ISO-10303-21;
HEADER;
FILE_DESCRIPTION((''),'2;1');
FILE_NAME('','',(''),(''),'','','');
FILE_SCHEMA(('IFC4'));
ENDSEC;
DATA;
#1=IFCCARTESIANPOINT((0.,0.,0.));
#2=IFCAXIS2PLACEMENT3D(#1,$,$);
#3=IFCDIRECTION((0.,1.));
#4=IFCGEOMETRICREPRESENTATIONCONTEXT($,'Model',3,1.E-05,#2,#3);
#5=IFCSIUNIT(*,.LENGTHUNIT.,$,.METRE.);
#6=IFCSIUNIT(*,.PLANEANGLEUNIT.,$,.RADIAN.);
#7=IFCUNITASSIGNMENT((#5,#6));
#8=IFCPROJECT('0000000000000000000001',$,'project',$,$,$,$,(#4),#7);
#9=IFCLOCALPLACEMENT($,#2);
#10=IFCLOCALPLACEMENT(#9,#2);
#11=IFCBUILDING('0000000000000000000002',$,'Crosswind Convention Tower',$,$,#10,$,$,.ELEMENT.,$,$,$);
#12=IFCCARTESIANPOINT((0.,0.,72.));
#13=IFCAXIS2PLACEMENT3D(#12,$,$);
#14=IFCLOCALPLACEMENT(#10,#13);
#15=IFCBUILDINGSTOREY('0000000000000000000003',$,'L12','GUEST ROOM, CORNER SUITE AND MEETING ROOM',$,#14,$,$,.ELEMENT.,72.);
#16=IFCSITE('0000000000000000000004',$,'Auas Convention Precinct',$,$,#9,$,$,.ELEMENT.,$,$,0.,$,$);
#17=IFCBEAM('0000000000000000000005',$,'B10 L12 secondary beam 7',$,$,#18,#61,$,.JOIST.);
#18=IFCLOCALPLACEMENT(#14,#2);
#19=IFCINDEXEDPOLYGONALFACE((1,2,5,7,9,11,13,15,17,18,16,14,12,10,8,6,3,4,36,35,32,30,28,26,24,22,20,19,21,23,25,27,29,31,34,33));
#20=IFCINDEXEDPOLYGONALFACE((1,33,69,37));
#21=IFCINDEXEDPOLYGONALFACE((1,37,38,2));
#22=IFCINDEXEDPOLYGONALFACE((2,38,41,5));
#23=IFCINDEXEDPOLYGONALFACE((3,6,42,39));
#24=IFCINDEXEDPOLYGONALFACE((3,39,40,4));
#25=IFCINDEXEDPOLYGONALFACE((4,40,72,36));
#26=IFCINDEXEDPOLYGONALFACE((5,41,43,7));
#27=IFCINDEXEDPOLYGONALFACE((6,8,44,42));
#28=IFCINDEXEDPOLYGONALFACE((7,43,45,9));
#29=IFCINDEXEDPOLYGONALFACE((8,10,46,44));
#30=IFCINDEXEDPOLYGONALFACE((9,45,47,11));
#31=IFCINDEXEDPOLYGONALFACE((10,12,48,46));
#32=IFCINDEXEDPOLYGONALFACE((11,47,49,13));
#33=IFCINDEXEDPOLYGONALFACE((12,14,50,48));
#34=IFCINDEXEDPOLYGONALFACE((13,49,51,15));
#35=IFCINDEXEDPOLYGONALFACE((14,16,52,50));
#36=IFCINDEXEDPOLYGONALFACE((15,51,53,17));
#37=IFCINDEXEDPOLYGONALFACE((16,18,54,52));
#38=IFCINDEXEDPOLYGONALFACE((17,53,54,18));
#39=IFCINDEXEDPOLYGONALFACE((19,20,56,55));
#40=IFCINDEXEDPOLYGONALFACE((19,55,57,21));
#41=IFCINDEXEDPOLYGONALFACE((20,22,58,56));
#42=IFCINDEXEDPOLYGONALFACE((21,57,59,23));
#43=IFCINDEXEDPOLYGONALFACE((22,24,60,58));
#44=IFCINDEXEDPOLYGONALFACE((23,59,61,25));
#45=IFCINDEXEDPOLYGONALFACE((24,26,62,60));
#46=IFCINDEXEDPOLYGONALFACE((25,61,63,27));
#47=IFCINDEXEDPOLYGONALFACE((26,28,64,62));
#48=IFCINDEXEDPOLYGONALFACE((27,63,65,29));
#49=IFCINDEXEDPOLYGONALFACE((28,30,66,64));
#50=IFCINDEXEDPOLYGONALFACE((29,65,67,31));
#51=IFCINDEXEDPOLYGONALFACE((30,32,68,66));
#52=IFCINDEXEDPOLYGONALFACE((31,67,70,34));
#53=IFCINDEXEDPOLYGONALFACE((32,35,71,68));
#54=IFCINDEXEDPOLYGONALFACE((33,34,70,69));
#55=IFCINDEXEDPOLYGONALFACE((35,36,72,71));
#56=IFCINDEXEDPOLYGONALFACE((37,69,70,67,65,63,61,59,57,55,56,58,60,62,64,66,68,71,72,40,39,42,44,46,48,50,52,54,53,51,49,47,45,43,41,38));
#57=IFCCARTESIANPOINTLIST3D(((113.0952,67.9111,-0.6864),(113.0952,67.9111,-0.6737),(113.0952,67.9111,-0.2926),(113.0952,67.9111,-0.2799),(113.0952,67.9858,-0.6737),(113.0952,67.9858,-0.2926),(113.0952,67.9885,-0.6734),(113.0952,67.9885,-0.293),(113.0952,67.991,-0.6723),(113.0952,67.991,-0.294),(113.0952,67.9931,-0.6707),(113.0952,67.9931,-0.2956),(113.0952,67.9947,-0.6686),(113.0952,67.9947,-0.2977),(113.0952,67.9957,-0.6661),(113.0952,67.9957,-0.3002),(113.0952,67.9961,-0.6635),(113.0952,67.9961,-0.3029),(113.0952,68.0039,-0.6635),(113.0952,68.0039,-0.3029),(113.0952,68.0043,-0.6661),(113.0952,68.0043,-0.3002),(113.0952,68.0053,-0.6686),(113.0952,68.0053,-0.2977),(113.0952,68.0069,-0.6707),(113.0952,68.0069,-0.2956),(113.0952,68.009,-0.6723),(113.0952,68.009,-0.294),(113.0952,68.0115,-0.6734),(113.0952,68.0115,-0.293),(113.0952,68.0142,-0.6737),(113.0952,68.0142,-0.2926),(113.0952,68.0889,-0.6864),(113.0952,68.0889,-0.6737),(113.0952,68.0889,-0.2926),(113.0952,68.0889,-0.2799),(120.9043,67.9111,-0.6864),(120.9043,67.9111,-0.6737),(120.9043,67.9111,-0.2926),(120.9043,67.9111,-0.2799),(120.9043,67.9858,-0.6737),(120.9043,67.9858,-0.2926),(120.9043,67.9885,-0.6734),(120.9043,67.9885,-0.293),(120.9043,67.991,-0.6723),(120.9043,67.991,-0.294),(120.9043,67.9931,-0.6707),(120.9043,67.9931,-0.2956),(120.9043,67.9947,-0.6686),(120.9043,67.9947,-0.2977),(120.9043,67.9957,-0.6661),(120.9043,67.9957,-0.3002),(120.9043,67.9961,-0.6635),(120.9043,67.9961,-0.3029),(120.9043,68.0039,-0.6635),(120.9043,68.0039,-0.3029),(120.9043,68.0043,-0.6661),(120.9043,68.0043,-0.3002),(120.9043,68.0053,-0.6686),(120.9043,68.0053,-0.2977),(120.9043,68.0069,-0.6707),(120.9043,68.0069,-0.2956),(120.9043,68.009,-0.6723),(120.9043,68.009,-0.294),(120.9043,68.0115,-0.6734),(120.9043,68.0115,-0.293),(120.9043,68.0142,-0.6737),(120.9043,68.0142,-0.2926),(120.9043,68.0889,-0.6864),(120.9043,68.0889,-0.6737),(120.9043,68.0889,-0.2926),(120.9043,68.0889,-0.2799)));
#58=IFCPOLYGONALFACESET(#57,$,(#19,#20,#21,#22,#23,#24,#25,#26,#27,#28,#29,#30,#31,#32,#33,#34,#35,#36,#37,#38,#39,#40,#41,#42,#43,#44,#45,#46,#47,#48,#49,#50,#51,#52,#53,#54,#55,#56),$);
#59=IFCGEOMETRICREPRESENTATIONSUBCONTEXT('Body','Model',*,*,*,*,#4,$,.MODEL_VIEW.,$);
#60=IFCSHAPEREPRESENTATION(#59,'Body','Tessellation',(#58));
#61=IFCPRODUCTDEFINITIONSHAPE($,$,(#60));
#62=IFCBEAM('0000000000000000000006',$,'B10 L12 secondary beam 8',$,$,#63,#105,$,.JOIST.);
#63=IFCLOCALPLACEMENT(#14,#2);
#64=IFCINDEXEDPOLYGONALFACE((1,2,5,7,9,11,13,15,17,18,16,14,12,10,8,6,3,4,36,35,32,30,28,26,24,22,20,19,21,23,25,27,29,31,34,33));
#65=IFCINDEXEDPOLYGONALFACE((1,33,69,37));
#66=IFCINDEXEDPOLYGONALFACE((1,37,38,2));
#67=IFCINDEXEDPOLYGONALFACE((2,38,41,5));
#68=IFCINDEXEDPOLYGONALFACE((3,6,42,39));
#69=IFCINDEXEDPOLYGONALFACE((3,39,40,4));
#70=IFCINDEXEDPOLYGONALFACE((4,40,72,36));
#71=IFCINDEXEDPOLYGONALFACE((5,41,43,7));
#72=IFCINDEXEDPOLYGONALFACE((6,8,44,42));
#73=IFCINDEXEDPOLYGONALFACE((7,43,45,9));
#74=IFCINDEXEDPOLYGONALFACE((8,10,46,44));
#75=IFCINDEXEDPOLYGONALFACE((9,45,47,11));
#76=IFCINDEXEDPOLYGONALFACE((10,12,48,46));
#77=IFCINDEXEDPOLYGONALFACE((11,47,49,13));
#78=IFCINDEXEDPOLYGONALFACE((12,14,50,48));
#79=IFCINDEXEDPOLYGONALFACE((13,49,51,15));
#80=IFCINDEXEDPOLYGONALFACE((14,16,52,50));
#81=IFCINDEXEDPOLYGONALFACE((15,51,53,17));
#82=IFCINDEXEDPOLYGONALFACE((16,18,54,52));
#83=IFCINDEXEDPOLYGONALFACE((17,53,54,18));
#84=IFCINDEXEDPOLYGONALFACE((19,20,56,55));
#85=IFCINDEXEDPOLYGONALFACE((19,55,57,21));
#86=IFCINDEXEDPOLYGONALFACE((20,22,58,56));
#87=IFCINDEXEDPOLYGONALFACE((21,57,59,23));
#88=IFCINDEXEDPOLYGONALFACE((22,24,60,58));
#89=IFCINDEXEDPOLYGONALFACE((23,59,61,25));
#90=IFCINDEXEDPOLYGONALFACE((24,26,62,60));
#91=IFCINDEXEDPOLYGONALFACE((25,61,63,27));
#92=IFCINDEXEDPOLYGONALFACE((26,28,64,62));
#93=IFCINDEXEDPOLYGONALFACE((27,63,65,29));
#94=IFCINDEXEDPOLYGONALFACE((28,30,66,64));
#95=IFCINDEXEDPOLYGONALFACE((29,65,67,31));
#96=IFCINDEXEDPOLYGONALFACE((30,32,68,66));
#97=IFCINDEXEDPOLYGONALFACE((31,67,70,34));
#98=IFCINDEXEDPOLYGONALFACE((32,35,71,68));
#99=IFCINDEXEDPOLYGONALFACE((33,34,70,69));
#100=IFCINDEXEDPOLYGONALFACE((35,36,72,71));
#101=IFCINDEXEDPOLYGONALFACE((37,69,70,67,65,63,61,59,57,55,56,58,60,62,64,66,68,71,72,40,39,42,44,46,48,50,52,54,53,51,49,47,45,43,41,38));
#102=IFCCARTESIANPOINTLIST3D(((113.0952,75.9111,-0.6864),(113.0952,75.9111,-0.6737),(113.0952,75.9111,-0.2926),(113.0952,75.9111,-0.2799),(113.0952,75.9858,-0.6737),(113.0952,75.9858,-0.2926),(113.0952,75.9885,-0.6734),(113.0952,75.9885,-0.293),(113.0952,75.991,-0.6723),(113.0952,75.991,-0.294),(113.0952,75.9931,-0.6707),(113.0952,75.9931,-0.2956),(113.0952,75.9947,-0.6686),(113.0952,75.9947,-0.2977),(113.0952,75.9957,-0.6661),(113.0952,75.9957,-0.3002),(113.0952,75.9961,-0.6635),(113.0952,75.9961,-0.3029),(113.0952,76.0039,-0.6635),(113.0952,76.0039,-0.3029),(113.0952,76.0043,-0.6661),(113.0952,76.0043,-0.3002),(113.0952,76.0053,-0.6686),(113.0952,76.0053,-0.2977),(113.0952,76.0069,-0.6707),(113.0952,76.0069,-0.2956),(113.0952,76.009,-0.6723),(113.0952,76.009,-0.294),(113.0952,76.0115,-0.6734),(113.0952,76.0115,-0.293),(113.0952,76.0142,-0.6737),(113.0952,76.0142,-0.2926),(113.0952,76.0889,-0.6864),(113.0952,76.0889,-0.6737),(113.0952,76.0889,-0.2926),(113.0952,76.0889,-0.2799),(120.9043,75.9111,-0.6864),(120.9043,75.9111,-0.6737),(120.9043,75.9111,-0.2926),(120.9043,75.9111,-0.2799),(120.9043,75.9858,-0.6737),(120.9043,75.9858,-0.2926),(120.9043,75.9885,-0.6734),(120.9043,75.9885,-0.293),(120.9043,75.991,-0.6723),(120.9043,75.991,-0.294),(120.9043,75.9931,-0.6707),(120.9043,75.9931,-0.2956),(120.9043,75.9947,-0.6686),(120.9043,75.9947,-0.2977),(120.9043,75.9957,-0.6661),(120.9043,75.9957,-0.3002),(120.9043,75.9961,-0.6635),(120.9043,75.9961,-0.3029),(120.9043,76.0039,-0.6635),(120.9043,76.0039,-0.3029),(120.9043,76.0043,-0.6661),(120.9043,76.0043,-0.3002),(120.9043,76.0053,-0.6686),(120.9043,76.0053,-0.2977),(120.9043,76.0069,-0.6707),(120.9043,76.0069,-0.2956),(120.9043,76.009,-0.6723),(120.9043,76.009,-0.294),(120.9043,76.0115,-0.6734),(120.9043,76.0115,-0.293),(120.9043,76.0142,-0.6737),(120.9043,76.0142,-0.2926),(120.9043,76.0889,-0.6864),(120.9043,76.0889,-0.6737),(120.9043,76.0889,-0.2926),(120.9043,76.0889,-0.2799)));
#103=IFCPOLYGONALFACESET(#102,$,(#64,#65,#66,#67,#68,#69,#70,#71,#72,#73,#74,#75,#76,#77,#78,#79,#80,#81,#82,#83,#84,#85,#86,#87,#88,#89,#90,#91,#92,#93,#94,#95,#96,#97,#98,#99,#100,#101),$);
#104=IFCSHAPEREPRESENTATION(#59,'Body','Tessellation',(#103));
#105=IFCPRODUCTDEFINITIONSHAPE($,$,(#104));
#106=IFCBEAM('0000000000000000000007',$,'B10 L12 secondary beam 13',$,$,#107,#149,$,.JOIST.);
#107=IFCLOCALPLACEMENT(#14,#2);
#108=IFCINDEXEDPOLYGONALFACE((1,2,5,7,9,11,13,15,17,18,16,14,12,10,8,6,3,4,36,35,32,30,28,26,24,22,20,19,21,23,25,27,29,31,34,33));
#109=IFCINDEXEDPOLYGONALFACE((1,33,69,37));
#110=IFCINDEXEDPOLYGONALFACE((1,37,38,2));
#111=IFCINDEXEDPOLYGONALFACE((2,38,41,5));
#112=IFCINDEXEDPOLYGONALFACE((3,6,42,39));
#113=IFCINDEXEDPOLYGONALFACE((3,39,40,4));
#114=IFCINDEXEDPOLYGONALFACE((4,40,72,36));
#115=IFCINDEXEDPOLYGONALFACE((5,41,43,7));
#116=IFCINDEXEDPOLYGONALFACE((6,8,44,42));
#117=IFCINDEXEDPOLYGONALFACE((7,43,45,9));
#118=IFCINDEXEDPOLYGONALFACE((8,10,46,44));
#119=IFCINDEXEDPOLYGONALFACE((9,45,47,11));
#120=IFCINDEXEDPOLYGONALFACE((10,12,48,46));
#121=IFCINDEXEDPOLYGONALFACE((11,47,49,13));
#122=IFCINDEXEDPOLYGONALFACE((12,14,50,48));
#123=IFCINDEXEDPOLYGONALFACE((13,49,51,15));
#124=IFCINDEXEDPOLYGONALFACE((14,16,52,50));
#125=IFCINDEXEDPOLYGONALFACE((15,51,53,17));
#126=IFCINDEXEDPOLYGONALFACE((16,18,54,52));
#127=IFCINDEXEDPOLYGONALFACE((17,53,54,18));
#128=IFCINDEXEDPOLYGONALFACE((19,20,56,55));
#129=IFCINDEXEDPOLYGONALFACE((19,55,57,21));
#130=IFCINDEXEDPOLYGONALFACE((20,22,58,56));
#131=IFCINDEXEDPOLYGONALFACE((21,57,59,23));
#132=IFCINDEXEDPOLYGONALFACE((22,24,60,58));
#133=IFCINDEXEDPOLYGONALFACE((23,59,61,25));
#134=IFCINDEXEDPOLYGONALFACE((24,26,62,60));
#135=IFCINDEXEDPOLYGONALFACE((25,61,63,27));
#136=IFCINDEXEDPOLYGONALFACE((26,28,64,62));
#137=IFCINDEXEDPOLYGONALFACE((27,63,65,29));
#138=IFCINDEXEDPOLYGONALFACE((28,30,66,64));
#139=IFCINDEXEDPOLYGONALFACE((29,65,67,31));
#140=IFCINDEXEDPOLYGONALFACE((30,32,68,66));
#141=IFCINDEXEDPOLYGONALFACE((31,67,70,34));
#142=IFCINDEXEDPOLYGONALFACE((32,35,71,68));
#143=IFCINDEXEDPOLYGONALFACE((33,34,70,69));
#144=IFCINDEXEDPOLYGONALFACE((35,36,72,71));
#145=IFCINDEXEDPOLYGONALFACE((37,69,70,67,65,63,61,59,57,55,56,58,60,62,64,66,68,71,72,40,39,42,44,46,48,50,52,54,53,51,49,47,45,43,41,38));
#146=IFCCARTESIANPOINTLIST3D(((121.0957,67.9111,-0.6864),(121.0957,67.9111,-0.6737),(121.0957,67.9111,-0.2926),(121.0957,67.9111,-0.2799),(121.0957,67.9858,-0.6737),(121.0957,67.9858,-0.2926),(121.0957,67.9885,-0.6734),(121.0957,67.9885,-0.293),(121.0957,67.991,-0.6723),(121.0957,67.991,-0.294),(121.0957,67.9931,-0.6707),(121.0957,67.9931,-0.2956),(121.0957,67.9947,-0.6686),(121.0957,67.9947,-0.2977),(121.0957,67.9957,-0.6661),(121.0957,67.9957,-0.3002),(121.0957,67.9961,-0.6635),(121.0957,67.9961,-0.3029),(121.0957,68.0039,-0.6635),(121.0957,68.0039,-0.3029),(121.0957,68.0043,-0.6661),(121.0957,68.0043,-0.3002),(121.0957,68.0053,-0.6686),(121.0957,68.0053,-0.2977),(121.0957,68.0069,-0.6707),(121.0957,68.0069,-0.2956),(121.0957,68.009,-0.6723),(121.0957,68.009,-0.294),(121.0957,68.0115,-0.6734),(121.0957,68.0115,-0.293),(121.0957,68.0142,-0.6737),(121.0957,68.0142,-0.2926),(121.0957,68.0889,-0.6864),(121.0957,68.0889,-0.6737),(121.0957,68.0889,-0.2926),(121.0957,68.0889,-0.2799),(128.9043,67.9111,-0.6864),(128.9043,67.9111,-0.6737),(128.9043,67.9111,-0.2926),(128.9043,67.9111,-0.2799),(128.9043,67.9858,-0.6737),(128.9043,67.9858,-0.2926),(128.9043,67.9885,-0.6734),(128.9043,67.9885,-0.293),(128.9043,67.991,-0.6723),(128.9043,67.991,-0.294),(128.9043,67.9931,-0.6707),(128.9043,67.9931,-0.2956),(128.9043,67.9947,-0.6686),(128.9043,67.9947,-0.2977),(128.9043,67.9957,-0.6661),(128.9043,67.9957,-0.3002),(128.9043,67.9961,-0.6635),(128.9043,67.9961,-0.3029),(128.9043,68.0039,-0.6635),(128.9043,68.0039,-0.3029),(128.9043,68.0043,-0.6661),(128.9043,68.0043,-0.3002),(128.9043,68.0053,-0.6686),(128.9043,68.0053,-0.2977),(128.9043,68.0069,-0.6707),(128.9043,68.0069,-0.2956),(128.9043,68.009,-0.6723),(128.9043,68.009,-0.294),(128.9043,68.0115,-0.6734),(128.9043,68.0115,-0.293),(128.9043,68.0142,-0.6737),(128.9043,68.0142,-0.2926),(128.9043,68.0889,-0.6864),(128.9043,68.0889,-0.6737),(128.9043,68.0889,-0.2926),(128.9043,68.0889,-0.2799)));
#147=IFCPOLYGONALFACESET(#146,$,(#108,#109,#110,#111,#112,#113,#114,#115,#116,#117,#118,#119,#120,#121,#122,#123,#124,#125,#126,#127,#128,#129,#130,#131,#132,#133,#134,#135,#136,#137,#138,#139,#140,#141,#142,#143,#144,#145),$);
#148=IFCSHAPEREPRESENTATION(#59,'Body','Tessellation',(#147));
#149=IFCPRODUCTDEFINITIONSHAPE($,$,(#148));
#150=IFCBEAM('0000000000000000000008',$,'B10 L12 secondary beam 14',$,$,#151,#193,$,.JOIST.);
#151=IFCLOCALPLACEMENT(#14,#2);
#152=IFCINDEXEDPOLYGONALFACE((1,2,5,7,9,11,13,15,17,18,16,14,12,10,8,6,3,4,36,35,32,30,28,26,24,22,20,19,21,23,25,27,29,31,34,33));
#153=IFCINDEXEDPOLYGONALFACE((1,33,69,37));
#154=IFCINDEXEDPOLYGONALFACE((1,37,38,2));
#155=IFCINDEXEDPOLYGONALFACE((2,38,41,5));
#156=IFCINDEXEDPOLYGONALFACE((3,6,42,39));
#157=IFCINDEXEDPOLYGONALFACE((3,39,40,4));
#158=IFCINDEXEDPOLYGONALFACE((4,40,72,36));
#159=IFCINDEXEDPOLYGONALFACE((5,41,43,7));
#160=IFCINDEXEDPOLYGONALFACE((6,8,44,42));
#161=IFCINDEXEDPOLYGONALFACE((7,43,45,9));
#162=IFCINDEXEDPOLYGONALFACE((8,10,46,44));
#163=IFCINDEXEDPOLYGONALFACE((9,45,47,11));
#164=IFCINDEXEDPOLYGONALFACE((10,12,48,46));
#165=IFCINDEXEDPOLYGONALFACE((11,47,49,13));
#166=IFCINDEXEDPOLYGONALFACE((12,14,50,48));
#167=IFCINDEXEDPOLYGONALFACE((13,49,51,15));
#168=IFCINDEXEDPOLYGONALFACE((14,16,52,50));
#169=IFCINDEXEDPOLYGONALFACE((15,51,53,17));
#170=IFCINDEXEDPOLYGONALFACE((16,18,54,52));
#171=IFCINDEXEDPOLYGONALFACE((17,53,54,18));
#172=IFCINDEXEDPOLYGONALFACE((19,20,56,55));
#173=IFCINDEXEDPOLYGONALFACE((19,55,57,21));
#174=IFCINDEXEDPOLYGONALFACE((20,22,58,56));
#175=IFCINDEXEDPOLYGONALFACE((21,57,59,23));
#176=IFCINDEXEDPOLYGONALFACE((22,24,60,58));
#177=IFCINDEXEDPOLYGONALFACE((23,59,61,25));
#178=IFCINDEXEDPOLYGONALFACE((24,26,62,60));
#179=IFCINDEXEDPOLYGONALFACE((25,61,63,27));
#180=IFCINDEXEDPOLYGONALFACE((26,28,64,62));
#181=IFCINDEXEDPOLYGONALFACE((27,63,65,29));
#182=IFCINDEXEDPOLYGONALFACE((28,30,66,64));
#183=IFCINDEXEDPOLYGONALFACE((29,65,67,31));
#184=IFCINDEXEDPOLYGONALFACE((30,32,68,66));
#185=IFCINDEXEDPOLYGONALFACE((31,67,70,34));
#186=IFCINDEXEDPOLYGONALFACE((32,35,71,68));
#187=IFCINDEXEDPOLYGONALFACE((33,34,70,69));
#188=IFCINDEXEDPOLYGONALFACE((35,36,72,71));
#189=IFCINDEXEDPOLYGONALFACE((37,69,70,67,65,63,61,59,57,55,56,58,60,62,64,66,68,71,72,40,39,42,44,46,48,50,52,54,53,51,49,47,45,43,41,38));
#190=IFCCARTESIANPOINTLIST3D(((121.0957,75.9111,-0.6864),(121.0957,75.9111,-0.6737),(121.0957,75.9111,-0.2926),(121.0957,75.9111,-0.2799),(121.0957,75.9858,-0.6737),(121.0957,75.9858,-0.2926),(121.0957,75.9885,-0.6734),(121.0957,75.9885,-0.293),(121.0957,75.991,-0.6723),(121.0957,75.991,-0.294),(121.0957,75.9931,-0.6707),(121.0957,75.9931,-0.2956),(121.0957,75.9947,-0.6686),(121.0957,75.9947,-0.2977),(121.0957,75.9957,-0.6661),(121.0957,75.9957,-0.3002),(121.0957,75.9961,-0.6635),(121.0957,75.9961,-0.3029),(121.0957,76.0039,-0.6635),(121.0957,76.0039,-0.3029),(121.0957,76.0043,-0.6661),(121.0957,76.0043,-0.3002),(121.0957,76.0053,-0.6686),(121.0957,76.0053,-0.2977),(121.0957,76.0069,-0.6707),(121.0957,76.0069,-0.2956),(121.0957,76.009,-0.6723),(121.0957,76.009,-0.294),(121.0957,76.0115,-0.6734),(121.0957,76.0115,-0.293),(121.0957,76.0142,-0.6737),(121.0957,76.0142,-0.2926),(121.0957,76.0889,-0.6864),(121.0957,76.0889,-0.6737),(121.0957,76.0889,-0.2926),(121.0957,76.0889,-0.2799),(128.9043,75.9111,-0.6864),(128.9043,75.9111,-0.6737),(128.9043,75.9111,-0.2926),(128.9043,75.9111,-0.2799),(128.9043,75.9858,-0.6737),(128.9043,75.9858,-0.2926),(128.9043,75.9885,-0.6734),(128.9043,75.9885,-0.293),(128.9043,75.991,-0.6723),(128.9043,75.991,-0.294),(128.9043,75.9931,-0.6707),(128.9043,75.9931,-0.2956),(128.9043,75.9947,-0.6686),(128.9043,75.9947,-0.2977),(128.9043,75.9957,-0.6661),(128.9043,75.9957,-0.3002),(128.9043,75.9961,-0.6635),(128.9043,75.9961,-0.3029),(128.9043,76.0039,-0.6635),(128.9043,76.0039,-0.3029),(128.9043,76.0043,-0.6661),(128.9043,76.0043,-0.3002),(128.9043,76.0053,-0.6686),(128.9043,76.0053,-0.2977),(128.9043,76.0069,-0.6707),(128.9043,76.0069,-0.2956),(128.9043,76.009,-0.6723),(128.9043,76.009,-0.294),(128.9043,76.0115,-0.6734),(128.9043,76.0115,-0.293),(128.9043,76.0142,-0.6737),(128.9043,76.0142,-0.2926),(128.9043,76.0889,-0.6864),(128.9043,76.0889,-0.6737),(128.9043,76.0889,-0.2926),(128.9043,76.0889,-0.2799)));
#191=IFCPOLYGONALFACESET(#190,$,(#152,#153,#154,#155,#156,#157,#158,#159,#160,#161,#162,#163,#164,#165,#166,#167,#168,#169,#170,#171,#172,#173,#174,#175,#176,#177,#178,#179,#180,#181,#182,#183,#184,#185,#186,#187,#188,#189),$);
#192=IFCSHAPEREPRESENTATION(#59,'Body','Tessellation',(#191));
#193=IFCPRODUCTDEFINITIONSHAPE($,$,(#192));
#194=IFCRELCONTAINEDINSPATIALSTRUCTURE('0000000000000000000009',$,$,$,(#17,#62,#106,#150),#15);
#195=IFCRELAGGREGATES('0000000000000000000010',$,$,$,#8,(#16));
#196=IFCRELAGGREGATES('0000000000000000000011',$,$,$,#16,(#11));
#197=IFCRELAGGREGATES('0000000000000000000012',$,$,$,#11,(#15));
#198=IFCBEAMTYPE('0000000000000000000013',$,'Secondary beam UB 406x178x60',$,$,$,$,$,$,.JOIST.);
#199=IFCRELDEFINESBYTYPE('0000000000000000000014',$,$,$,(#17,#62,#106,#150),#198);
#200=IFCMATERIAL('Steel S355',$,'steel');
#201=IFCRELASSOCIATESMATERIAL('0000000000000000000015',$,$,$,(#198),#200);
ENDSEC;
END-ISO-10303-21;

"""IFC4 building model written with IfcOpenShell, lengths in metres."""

from ifc_helpers import new_model, si_unit, direction, frame, origin, origin_2d, place, context, subcontext, project, spatial, i_section, extrude, material, material_profile, profile_set, type_object, element, save


model = new_model("IFC4")

# Units and contexts
model_context = context("Model", 3, precision=1e-05, world=origin(), true_north=direction((0.0, 1.0)))
body_context = subcontext(model_context, "Body", "Model", "MODEL_VIEW")
ifc_project = project(units=[si_unit("LENGTHUNIT", "METRE"), si_unit("PLANEANGLEUNIT", "RADIAN")], contexts=[model_context])

# Site, building, storey
site_placement = place(None, origin())
site = spatial("IfcSite", under=ifc_project, at=site_placement, Name="Auas Convention Precinct", CompositionType="ELEMENT", RefElevation=0.0)
building_placement = place(site_placement, origin())
building = spatial("IfcBuilding", under=site, at=building_placement, Name="Crosswind Convention Tower", CompositionType="ELEMENT")
storey_placement = place(building_placement, frame((0.0, 0.0, 72.0)))
storey = spatial("IfcBuildingStorey", under=building, at=storey_placement, Name="L12", Description="GUEST ROOM, CORNER SUITE AND MEETING ROOM", CompositionType="ELEMENT", Elevation=72.0)

# Beams
ifc_material_1 = material(Name="Steel S355", Category="steel")
ifc_material_profile_1 = material_profile(ifc_material_1, i_section(OverallWidth=0.1777, OverallDepth=0.4065, WebThickness=0.0078, FlangeThickness=0.0127, FilletRadius=0.0103, at=origin_2d()), Name="UB 406x178x60")
ifc_profile_set_1 = profile_set([ifc_material_profile_1], Name="Steel S355")
beam_type_1 = type_object("IfcBeamType", Name="Secondary beam UB 406x178x60", PredefinedType="JOIST", material=ifc_profile_set_1)
for number, where, z_axis, x_axis, name in (
    (1, (113.0952, 68.0, -0.4832), (1.0, 0.0, 0.0), (0.0, 1.0, 0.0), "B10 L12 secondary beam 7"),
    (2, (113.0952, 76.0, -0.4832), (1.0, 0.0, 0.0), (0.0, 1.0, 0.0), "B10 L12 secondary beam 8"),
):
    element("IfcBeam", number, at=place(storey_placement, frame(where, z_axis=z_axis, x_axis=x_axis)), inside=storey, type_object=beam_type_1, Name=name, PredefinedType="JOIST", context=body_context, shape_type="SweptSolid", body=[
        extrude(i_section(OverallWidth=0.1777, OverallDepth=0.4065, WebThickness=0.0078, FlangeThickness=0.0127, FilletRadius=0.0103, at=origin_2d()), origin(), (0.0, 0.0, 1.0), 7.8091),
    ])
for number, where, z_axis, x_axis, name in (
    (3, (121.0957, 68.0, -0.4832), (1.0, 0.0, 0.0), (0.0, 1.0, 0.0), "B10 L12 secondary beam 13"),
    (4, (121.0957, 76.0, -0.4832), (1.0, 0.0, 0.0), (0.0, 1.0, 0.0), "B10 L12 secondary beam 14"),
):
    element("IfcBeam", number, at=place(storey_placement, frame(where, z_axis=z_axis, x_axis=x_axis)), inside=storey, type_object=beam_type_1, Name=name, PredefinedType="JOIST", context=body_context, shape_type="SweptSolid", body=[
        extrude(i_section(OverallWidth=0.1777, OverallDepth=0.4065, WebThickness=0.0078, FlangeThickness=0.0127, FilletRadius=0.0103, at=origin_2d()), origin(), (0.0, 0.0, 1.0), 7.8086),
    ])

save(model, "model.ifc")
